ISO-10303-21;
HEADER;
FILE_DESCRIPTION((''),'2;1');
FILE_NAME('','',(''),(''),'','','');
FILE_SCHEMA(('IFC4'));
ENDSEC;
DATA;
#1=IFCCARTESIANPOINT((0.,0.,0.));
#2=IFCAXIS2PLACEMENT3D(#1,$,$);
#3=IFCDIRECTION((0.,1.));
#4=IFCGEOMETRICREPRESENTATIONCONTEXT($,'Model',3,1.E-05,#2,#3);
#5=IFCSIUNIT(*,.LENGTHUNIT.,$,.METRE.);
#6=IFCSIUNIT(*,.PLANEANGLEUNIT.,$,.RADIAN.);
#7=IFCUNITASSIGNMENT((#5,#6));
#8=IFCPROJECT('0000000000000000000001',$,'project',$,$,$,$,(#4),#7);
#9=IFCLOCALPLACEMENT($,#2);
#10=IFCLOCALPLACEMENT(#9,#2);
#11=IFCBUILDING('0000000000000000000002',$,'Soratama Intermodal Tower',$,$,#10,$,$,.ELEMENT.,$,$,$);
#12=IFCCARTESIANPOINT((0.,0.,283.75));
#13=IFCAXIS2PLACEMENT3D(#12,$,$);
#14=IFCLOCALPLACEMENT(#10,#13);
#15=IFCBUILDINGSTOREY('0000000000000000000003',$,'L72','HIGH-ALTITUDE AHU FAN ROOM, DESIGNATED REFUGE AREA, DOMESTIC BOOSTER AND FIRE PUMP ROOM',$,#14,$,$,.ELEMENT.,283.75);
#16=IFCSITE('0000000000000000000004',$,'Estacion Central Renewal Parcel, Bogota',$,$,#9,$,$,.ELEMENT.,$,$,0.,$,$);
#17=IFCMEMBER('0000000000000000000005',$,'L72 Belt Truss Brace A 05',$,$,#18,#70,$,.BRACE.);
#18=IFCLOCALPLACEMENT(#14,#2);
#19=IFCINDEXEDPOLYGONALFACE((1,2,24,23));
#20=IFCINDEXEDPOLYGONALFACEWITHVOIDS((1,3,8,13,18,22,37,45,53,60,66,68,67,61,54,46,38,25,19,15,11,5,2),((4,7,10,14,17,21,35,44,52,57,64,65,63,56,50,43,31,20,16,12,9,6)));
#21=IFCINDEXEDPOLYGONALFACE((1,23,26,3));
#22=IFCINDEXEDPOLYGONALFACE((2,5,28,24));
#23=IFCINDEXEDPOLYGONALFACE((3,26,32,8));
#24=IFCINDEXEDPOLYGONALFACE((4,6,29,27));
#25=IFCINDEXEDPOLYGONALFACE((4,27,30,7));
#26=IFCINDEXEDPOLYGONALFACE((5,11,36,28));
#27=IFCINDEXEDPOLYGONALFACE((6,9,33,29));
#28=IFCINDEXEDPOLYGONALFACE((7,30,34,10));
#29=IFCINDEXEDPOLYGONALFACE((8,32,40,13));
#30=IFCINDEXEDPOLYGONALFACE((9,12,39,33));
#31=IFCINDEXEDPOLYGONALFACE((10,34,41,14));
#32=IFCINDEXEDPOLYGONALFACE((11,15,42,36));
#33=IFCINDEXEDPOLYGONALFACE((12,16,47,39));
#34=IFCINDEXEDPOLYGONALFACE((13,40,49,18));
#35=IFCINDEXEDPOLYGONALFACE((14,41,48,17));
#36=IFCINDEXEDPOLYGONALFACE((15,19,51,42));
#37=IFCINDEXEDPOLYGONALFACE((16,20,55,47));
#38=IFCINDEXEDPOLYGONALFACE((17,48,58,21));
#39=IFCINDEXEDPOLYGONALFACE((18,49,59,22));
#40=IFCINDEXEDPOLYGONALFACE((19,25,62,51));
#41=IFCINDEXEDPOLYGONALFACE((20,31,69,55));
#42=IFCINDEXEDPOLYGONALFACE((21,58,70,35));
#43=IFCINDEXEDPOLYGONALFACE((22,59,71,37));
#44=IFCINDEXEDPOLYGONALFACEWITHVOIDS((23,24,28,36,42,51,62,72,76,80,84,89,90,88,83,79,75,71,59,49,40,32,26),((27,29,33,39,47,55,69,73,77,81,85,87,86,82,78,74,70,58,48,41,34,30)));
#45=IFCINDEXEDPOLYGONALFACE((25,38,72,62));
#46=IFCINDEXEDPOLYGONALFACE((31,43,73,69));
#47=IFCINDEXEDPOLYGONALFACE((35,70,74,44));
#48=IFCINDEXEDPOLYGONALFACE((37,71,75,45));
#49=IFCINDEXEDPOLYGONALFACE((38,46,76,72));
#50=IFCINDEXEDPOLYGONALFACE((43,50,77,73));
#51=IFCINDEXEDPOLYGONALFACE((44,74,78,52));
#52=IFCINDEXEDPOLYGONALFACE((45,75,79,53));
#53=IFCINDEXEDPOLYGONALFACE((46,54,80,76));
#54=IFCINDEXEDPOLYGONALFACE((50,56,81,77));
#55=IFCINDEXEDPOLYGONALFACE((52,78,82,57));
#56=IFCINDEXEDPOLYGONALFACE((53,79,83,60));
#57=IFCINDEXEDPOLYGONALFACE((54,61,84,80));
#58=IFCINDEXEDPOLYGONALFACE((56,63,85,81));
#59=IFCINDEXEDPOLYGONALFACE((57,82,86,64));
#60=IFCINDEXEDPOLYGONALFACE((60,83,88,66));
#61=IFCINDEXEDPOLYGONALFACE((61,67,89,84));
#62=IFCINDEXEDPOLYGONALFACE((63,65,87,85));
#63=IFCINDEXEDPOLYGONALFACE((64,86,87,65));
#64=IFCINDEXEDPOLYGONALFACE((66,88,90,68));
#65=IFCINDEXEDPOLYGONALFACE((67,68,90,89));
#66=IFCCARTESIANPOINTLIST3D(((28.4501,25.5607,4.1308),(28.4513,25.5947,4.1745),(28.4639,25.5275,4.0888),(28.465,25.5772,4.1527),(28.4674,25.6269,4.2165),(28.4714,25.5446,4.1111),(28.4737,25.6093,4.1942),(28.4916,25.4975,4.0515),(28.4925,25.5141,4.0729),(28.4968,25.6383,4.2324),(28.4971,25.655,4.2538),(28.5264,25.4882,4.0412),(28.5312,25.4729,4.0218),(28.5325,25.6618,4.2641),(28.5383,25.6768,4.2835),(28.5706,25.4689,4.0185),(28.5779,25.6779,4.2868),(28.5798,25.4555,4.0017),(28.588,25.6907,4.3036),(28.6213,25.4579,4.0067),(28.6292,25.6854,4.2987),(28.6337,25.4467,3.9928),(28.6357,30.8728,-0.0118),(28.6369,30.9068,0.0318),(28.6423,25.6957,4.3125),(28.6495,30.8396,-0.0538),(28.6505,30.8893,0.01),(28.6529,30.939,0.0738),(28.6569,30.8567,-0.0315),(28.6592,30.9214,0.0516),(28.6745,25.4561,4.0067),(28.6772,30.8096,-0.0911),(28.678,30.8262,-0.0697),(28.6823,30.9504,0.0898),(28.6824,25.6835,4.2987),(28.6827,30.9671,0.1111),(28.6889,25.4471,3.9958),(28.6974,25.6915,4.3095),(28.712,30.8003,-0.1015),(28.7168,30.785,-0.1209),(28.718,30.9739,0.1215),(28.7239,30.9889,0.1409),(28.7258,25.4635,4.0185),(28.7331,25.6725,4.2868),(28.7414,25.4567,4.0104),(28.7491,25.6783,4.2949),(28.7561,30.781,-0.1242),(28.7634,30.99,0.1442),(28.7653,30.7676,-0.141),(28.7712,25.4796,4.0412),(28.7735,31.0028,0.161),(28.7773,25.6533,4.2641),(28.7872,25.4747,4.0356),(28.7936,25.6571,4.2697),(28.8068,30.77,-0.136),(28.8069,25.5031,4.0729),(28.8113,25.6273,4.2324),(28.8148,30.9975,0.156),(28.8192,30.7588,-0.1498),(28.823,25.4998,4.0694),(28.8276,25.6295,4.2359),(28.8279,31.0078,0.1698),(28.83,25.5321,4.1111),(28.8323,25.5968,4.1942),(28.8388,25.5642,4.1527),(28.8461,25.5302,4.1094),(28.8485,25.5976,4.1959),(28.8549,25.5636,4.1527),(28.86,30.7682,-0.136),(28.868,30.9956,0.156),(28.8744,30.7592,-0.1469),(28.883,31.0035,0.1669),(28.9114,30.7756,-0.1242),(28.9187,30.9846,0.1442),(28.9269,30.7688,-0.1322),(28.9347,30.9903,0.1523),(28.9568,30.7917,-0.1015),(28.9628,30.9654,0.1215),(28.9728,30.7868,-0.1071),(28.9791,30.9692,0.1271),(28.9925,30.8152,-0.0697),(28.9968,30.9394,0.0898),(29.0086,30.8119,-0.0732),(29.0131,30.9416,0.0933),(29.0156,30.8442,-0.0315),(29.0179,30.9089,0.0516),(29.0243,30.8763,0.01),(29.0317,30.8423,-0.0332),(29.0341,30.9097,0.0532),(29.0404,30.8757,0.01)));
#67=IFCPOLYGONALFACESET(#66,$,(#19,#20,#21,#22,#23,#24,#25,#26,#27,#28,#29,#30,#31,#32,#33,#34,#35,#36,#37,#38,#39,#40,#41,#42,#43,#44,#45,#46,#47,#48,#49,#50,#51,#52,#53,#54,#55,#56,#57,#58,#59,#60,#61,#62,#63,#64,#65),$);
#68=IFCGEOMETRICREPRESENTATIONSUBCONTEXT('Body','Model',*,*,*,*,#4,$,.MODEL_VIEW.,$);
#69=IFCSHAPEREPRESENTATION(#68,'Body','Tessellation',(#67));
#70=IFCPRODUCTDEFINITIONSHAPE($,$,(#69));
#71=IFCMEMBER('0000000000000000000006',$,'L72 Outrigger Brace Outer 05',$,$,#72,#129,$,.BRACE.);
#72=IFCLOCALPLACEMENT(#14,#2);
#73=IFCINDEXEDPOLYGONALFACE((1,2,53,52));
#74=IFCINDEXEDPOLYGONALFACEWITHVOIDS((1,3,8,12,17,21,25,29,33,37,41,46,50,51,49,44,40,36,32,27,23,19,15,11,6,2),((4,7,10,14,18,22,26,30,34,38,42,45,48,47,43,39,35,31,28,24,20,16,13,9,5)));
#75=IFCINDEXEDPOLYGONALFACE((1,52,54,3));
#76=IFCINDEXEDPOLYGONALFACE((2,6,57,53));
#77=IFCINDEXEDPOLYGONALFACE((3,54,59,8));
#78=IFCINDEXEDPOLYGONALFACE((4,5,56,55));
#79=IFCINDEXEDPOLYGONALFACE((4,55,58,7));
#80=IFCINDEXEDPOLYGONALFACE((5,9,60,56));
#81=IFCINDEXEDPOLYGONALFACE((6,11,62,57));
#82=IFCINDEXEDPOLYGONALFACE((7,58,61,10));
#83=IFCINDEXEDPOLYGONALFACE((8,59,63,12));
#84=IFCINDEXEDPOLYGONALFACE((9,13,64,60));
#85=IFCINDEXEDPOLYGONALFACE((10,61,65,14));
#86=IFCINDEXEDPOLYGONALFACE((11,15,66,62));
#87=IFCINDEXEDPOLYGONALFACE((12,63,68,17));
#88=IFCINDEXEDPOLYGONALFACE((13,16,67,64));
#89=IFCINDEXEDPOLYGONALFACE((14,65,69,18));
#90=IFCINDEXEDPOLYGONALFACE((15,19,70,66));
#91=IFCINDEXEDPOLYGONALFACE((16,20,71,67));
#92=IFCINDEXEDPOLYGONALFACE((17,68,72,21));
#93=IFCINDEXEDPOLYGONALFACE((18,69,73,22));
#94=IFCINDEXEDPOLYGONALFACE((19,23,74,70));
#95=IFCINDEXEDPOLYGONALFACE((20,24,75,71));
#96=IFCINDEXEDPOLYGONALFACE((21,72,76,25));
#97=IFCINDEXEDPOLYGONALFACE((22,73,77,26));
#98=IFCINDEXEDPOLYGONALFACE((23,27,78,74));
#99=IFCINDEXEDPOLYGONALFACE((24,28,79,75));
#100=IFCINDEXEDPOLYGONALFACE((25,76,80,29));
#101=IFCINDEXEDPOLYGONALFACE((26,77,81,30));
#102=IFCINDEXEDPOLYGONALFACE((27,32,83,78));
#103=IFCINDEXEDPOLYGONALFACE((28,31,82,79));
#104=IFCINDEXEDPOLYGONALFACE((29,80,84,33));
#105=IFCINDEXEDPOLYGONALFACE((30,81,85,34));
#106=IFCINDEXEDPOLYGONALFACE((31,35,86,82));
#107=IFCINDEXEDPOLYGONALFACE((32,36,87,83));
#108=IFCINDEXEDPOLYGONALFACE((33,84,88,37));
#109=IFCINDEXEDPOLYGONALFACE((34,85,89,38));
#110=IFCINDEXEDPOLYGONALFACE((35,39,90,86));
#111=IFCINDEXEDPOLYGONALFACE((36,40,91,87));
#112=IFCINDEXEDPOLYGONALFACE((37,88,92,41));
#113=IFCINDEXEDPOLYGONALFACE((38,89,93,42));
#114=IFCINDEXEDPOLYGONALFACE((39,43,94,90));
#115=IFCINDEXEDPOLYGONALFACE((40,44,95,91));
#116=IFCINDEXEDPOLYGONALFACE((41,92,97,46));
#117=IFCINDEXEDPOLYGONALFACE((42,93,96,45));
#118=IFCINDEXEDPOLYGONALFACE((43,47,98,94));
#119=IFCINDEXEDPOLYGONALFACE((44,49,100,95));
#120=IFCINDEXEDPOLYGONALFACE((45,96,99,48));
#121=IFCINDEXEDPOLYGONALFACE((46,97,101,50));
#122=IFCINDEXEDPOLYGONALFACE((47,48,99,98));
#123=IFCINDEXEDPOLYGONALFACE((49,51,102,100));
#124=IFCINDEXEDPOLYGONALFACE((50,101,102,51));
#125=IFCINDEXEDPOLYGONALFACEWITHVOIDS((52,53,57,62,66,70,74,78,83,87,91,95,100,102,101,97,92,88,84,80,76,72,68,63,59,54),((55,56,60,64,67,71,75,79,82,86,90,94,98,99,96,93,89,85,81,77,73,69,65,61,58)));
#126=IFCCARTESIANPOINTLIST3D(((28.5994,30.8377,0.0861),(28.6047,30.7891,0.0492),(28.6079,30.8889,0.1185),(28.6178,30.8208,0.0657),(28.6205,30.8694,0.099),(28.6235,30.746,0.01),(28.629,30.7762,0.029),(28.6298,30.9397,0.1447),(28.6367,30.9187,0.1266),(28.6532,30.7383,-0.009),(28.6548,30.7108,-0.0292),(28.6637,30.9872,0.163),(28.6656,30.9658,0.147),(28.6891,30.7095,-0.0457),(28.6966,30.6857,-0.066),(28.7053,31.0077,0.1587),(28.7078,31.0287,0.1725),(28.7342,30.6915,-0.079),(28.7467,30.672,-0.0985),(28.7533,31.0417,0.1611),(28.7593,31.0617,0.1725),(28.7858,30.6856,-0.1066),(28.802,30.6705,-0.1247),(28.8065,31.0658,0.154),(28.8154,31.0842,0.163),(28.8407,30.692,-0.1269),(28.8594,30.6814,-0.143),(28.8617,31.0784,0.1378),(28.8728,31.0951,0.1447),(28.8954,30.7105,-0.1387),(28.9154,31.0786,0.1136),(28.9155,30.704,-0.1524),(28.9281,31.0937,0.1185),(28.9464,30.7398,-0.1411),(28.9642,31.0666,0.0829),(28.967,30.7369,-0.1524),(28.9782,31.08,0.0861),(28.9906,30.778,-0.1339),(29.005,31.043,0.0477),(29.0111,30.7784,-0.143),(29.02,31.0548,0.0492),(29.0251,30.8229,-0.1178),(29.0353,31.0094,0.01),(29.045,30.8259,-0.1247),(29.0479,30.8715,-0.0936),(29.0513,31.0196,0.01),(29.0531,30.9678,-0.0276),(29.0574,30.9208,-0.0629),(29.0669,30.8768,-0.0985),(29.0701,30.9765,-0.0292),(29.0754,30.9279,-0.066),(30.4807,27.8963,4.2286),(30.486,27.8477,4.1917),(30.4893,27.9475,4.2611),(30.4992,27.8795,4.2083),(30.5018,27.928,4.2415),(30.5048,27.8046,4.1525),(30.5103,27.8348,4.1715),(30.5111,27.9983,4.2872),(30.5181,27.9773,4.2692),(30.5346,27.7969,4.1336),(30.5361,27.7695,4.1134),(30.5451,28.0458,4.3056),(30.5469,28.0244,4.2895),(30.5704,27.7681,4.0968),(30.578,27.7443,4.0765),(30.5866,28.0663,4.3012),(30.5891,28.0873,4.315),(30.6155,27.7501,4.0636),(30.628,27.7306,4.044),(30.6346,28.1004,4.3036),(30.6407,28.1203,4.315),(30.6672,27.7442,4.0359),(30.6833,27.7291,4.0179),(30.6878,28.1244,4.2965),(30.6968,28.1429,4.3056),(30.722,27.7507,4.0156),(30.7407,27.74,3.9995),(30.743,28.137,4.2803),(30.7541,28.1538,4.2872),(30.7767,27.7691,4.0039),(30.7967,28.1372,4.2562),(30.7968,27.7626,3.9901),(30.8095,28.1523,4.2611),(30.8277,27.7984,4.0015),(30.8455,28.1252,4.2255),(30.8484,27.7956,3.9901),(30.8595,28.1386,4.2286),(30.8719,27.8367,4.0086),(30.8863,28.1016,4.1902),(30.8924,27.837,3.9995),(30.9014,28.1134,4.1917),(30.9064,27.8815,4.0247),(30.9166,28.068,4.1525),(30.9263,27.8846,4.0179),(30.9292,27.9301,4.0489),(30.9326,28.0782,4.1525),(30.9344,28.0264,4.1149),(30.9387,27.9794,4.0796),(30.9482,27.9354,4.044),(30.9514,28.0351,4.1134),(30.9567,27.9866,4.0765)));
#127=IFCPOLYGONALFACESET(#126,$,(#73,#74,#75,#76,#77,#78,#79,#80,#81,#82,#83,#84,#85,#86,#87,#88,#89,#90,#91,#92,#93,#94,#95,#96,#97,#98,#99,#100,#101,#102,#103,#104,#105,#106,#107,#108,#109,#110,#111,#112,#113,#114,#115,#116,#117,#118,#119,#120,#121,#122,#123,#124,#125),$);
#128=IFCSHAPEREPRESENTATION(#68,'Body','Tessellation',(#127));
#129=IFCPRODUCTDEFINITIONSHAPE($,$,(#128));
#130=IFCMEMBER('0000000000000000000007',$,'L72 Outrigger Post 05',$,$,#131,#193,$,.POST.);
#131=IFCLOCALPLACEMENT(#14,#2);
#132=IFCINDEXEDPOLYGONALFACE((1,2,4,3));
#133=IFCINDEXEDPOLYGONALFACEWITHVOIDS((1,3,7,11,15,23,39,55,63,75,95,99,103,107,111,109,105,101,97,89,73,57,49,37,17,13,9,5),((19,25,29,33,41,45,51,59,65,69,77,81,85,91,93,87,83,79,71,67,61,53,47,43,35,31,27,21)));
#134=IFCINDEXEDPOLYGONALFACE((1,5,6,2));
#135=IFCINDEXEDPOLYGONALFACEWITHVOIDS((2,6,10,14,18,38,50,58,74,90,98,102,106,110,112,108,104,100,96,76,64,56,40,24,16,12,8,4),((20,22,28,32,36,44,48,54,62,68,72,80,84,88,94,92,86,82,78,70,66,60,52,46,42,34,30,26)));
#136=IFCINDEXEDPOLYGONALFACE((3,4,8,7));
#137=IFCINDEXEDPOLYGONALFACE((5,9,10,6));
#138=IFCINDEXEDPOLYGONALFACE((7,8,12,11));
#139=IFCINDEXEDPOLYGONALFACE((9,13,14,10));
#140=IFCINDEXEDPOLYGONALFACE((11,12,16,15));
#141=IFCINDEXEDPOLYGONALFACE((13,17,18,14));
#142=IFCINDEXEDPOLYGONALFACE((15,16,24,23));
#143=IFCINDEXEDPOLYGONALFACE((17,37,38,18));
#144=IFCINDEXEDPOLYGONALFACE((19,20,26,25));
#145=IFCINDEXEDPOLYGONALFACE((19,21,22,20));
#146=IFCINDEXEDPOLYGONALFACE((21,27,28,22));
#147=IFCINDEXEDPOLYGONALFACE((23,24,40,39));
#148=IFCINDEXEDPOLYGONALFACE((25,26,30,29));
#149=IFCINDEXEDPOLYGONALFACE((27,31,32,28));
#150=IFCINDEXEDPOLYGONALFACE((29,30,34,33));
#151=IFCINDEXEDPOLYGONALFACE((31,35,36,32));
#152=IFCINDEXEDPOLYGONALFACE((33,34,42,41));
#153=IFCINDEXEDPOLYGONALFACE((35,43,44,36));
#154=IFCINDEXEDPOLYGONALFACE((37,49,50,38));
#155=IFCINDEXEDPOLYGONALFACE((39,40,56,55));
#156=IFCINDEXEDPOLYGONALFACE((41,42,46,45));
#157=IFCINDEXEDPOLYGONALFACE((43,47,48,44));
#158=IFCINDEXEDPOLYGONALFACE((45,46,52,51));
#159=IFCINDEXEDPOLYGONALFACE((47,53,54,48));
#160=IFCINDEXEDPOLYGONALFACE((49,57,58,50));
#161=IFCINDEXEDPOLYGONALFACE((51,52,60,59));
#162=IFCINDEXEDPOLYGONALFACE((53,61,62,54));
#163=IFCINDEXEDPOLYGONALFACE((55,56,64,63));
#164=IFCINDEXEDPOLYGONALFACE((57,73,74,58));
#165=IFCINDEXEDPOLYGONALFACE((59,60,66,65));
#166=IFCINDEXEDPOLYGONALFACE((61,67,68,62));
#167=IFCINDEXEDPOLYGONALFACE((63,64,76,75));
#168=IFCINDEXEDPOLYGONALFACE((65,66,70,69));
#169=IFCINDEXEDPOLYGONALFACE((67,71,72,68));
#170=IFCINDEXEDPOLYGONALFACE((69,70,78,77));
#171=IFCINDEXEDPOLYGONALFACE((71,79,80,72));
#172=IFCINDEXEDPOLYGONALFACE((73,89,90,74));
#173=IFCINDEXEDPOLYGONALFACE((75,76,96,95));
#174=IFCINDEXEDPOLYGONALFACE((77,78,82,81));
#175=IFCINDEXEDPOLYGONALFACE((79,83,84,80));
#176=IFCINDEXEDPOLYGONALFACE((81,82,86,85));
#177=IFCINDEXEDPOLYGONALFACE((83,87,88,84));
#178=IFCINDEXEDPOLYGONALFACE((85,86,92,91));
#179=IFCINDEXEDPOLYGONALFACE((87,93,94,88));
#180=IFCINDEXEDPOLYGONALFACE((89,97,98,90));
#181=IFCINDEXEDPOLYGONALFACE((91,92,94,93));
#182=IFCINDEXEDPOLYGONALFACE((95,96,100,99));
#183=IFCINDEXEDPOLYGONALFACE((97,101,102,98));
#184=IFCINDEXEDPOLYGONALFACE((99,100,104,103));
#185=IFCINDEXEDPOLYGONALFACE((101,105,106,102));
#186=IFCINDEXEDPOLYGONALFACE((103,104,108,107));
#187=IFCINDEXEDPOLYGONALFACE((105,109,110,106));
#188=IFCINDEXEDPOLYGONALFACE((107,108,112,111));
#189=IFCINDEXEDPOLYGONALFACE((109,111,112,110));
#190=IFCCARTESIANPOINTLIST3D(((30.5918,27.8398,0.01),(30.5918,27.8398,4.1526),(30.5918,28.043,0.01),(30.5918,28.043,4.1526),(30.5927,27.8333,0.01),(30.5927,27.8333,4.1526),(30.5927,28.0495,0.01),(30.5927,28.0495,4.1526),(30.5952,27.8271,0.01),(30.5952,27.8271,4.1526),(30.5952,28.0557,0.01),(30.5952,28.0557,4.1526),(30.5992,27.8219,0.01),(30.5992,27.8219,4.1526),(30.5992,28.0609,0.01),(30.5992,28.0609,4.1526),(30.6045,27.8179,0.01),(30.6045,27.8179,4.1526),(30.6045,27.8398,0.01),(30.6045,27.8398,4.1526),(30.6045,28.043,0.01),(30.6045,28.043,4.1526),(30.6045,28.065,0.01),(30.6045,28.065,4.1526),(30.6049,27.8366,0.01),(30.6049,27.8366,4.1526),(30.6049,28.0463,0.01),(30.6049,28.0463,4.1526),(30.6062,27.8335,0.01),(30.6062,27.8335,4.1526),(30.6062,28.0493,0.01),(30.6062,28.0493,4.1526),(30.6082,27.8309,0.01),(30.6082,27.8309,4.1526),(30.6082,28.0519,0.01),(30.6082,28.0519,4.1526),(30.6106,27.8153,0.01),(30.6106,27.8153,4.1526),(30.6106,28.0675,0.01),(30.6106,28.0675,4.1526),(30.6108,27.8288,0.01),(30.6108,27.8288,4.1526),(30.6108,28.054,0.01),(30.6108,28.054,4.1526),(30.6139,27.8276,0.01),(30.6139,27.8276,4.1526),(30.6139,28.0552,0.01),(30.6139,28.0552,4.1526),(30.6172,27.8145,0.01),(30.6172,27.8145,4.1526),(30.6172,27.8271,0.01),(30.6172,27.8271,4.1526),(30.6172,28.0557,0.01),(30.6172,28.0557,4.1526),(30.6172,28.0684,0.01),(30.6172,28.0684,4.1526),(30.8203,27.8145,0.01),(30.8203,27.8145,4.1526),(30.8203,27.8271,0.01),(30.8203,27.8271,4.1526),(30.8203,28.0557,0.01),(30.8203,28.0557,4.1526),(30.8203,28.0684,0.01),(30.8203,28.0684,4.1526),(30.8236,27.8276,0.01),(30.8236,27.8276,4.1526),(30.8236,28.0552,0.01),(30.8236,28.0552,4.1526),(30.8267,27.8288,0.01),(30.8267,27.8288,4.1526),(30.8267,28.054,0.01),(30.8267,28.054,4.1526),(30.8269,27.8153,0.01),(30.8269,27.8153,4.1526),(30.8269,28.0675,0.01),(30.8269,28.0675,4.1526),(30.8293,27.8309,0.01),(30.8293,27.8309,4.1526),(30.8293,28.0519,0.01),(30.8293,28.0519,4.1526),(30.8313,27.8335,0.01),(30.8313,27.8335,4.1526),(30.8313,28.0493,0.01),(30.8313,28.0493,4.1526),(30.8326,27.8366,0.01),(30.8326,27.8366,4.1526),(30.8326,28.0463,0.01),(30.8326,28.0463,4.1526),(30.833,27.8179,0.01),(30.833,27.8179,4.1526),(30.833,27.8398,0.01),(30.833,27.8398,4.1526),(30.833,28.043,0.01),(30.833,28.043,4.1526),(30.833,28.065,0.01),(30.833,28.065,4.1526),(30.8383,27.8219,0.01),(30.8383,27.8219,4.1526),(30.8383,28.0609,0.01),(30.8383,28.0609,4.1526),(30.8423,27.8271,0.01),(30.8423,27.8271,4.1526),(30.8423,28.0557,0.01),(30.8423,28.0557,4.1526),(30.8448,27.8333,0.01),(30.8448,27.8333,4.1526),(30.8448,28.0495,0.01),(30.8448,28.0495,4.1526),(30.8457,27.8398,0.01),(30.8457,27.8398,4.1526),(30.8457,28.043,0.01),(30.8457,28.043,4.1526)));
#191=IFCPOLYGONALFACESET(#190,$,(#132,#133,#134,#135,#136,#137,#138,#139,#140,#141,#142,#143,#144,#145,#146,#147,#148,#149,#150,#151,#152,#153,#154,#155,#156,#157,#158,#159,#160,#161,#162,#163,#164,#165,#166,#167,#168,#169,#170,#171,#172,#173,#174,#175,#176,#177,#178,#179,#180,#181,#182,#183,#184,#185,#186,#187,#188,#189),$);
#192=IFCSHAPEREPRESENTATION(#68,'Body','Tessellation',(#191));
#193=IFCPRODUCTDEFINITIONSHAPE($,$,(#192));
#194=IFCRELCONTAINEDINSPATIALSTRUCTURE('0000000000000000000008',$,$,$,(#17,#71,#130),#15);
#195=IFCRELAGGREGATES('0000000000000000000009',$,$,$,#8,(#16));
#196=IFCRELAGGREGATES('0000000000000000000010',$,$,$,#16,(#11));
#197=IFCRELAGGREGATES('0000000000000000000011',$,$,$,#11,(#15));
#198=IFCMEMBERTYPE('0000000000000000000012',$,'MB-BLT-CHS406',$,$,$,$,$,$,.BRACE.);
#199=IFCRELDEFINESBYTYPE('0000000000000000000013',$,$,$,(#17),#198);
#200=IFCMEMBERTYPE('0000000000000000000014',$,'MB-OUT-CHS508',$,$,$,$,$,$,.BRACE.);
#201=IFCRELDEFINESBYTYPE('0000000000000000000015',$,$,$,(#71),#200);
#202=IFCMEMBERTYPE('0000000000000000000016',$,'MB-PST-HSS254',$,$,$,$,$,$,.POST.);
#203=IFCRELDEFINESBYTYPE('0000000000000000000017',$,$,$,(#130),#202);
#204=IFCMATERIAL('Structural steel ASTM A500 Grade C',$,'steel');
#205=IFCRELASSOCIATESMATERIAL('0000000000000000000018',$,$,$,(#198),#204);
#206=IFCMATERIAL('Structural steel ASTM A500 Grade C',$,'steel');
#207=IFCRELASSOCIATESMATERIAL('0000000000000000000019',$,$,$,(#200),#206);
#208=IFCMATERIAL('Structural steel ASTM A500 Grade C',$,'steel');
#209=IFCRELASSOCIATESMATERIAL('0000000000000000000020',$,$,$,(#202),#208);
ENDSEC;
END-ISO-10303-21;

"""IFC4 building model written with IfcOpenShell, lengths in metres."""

from ifc_helpers import new_model, si_unit, direction, frame, origin, origin_2d, place, context, subcontext, project, spatial, hollow_rectangle, hollow_circle, extrude, material, material_profile, profile_set, type_object, element, save


model = new_model("IFC4")

# Units and contexts
model_context = context("Model", 3, precision=1e-05, world=origin(), true_north=direction((0.0, 1.0)))
body_context = subcontext(model_context, "Body", "Model", "MODEL_VIEW")
ifc_project = project(units=[si_unit("LENGTHUNIT", "METRE"), si_unit("PLANEANGLEUNIT", "RADIAN")], contexts=[model_context])

# Site, building, storey
site_placement = place(None, origin())
site = spatial("IfcSite", under=ifc_project, at=site_placement, Name="Estacion Central Renewal Parcel, Bogota", CompositionType="ELEMENT", RefElevation=0.0)
building_placement = place(site_placement, origin())
building = spatial("IfcBuilding", under=site, at=building_placement, Name="Soratama Intermodal Tower", CompositionType="ELEMENT")
storey_placement = place(building_placement, frame((0.0, 0.0, 283.75)))
storey = spatial("IfcBuildingStorey", under=building, at=storey_placement, Name="L72", Description="HIGH-ALTITUDE AHU FAN ROOM, DESIGNATED REFUGE AREA, DOMESTIC BOOSTER AND FIRE PUMP ROOM", CompositionType="ELEMENT", Elevation=283.75)

# Members
ifc_material_1 = material(Name="Structural steel ASTM A500 Grade C", Category="steel")
ifc_material_profile_1 = material_profile(ifc_material_1, hollow_circle(Radius=0.2031, WallThickness=0.0161, at=origin_2d()), Name="CHS406X16")
ifc_profile_set_1 = profile_set([ifc_material_profile_1], Name="Structural steel ASTM A500 Grade C")
member_type_1 = type_object("IfcMemberType", Name="MB-BLT-CHS406", PredefinedType="BRACE", material=ifc_profile_set_1)
member_1_placement = place(storey_placement, frame((28.8374, 30.8828, 0.01), z_axis=(-0.027534, -0.78826, 0.614726), x_axis=(0.999391, -0.034908, 0.0)))
element("IfcMember", 1, at=member_1_placement, inside=storey, type_object=member_type_1, Name="L72 Belt Truss Brace A 05", PredefinedType="BRACE", context=body_context, shape_type="SweptSolid", body=[
    extrude(hollow_circle(Radius=0.2031, WallThickness=0.0161, at=origin_2d()), origin(), (0.0, 0.0, 1.0), 6.739),
])
ifc_material_2 = material(Name="Structural steel ASTM A500 Grade C", Category="steel")
ifc_material_profile_2 = material_profile(ifc_material_2, hollow_circle(Radius=0.2539, WallThickness=0.019, at=origin_2d()), Name="CHS508X19")
ifc_profile_set_2 = profile_set([ifc_material_profile_2], Name="Structural steel ASTM A500 Grade C")
member_type_2 = type_object("IfcMemberType", Name="MB-OUT-CHS508", PredefinedType="BRACE", material=ifc_profile_set_2)
member_2_placement = place(storey_placement, frame((28.8374, 30.8828, 0.01), z_axis=(0.347255, -0.542918, 0.764627), x_axis=(0.842421, 0.53882, 0.0)))
element("IfcMember", 2, at=member_2_placement, inside=storey, type_object=member_type_2, Name="L72 Outrigger Brace Outer 05", PredefinedType="BRACE", context=body_context, shape_type="SweptSolid", body=[
    extrude(hollow_circle(Radius=0.2539, WallThickness=0.019, at=origin_2d()), origin(), (0.0, 0.0, 1.0), 5.4177),
])
ifc_material_3 = material(Name="Structural steel ASTM A500 Grade C", Category="steel")
ifc_material_profile_3 = material_profile(ifc_material_3, hollow_rectangle(XDim=0.2539, YDim=0.2539, WallThickness=0.0127, InnerFilletRadius=0.0127, OuterFilletRadius=0.0254, at=origin_2d()), Name="HSS254X254X12.7")
ifc_profile_set_3 = profile_set([ifc_material_profile_3], Name="Structural steel ASTM A500 Grade C")
member_type_3 = type_object("IfcMemberType", Name="MB-PST-HSS254", PredefinedType="POST", material=ifc_profile_set_3)
member_3_placement = place(storey_placement, frame((30.7188, 27.9414, 0.01), z_axis=(0.0, 0.0, 1.0), x_axis=(1.0, 0.0, 0.0)))
element("IfcMember", 3, at=member_3_placement, inside=storey, type_object=member_type_3, Name="L72 Outrigger Post 05", PredefinedType="POST", context=body_context, shape_type="SweptSolid", body=[
    extrude(hollow_rectangle(XDim=0.2539, YDim=0.2539, WallThickness=0.0127, InnerFilletRadius=0.0127, OuterFilletRadius=0.0254, at=origin_2d()), origin(), (0.0, 0.0, 1.0), 4.1426),
])

save(model, "model.ifc")
